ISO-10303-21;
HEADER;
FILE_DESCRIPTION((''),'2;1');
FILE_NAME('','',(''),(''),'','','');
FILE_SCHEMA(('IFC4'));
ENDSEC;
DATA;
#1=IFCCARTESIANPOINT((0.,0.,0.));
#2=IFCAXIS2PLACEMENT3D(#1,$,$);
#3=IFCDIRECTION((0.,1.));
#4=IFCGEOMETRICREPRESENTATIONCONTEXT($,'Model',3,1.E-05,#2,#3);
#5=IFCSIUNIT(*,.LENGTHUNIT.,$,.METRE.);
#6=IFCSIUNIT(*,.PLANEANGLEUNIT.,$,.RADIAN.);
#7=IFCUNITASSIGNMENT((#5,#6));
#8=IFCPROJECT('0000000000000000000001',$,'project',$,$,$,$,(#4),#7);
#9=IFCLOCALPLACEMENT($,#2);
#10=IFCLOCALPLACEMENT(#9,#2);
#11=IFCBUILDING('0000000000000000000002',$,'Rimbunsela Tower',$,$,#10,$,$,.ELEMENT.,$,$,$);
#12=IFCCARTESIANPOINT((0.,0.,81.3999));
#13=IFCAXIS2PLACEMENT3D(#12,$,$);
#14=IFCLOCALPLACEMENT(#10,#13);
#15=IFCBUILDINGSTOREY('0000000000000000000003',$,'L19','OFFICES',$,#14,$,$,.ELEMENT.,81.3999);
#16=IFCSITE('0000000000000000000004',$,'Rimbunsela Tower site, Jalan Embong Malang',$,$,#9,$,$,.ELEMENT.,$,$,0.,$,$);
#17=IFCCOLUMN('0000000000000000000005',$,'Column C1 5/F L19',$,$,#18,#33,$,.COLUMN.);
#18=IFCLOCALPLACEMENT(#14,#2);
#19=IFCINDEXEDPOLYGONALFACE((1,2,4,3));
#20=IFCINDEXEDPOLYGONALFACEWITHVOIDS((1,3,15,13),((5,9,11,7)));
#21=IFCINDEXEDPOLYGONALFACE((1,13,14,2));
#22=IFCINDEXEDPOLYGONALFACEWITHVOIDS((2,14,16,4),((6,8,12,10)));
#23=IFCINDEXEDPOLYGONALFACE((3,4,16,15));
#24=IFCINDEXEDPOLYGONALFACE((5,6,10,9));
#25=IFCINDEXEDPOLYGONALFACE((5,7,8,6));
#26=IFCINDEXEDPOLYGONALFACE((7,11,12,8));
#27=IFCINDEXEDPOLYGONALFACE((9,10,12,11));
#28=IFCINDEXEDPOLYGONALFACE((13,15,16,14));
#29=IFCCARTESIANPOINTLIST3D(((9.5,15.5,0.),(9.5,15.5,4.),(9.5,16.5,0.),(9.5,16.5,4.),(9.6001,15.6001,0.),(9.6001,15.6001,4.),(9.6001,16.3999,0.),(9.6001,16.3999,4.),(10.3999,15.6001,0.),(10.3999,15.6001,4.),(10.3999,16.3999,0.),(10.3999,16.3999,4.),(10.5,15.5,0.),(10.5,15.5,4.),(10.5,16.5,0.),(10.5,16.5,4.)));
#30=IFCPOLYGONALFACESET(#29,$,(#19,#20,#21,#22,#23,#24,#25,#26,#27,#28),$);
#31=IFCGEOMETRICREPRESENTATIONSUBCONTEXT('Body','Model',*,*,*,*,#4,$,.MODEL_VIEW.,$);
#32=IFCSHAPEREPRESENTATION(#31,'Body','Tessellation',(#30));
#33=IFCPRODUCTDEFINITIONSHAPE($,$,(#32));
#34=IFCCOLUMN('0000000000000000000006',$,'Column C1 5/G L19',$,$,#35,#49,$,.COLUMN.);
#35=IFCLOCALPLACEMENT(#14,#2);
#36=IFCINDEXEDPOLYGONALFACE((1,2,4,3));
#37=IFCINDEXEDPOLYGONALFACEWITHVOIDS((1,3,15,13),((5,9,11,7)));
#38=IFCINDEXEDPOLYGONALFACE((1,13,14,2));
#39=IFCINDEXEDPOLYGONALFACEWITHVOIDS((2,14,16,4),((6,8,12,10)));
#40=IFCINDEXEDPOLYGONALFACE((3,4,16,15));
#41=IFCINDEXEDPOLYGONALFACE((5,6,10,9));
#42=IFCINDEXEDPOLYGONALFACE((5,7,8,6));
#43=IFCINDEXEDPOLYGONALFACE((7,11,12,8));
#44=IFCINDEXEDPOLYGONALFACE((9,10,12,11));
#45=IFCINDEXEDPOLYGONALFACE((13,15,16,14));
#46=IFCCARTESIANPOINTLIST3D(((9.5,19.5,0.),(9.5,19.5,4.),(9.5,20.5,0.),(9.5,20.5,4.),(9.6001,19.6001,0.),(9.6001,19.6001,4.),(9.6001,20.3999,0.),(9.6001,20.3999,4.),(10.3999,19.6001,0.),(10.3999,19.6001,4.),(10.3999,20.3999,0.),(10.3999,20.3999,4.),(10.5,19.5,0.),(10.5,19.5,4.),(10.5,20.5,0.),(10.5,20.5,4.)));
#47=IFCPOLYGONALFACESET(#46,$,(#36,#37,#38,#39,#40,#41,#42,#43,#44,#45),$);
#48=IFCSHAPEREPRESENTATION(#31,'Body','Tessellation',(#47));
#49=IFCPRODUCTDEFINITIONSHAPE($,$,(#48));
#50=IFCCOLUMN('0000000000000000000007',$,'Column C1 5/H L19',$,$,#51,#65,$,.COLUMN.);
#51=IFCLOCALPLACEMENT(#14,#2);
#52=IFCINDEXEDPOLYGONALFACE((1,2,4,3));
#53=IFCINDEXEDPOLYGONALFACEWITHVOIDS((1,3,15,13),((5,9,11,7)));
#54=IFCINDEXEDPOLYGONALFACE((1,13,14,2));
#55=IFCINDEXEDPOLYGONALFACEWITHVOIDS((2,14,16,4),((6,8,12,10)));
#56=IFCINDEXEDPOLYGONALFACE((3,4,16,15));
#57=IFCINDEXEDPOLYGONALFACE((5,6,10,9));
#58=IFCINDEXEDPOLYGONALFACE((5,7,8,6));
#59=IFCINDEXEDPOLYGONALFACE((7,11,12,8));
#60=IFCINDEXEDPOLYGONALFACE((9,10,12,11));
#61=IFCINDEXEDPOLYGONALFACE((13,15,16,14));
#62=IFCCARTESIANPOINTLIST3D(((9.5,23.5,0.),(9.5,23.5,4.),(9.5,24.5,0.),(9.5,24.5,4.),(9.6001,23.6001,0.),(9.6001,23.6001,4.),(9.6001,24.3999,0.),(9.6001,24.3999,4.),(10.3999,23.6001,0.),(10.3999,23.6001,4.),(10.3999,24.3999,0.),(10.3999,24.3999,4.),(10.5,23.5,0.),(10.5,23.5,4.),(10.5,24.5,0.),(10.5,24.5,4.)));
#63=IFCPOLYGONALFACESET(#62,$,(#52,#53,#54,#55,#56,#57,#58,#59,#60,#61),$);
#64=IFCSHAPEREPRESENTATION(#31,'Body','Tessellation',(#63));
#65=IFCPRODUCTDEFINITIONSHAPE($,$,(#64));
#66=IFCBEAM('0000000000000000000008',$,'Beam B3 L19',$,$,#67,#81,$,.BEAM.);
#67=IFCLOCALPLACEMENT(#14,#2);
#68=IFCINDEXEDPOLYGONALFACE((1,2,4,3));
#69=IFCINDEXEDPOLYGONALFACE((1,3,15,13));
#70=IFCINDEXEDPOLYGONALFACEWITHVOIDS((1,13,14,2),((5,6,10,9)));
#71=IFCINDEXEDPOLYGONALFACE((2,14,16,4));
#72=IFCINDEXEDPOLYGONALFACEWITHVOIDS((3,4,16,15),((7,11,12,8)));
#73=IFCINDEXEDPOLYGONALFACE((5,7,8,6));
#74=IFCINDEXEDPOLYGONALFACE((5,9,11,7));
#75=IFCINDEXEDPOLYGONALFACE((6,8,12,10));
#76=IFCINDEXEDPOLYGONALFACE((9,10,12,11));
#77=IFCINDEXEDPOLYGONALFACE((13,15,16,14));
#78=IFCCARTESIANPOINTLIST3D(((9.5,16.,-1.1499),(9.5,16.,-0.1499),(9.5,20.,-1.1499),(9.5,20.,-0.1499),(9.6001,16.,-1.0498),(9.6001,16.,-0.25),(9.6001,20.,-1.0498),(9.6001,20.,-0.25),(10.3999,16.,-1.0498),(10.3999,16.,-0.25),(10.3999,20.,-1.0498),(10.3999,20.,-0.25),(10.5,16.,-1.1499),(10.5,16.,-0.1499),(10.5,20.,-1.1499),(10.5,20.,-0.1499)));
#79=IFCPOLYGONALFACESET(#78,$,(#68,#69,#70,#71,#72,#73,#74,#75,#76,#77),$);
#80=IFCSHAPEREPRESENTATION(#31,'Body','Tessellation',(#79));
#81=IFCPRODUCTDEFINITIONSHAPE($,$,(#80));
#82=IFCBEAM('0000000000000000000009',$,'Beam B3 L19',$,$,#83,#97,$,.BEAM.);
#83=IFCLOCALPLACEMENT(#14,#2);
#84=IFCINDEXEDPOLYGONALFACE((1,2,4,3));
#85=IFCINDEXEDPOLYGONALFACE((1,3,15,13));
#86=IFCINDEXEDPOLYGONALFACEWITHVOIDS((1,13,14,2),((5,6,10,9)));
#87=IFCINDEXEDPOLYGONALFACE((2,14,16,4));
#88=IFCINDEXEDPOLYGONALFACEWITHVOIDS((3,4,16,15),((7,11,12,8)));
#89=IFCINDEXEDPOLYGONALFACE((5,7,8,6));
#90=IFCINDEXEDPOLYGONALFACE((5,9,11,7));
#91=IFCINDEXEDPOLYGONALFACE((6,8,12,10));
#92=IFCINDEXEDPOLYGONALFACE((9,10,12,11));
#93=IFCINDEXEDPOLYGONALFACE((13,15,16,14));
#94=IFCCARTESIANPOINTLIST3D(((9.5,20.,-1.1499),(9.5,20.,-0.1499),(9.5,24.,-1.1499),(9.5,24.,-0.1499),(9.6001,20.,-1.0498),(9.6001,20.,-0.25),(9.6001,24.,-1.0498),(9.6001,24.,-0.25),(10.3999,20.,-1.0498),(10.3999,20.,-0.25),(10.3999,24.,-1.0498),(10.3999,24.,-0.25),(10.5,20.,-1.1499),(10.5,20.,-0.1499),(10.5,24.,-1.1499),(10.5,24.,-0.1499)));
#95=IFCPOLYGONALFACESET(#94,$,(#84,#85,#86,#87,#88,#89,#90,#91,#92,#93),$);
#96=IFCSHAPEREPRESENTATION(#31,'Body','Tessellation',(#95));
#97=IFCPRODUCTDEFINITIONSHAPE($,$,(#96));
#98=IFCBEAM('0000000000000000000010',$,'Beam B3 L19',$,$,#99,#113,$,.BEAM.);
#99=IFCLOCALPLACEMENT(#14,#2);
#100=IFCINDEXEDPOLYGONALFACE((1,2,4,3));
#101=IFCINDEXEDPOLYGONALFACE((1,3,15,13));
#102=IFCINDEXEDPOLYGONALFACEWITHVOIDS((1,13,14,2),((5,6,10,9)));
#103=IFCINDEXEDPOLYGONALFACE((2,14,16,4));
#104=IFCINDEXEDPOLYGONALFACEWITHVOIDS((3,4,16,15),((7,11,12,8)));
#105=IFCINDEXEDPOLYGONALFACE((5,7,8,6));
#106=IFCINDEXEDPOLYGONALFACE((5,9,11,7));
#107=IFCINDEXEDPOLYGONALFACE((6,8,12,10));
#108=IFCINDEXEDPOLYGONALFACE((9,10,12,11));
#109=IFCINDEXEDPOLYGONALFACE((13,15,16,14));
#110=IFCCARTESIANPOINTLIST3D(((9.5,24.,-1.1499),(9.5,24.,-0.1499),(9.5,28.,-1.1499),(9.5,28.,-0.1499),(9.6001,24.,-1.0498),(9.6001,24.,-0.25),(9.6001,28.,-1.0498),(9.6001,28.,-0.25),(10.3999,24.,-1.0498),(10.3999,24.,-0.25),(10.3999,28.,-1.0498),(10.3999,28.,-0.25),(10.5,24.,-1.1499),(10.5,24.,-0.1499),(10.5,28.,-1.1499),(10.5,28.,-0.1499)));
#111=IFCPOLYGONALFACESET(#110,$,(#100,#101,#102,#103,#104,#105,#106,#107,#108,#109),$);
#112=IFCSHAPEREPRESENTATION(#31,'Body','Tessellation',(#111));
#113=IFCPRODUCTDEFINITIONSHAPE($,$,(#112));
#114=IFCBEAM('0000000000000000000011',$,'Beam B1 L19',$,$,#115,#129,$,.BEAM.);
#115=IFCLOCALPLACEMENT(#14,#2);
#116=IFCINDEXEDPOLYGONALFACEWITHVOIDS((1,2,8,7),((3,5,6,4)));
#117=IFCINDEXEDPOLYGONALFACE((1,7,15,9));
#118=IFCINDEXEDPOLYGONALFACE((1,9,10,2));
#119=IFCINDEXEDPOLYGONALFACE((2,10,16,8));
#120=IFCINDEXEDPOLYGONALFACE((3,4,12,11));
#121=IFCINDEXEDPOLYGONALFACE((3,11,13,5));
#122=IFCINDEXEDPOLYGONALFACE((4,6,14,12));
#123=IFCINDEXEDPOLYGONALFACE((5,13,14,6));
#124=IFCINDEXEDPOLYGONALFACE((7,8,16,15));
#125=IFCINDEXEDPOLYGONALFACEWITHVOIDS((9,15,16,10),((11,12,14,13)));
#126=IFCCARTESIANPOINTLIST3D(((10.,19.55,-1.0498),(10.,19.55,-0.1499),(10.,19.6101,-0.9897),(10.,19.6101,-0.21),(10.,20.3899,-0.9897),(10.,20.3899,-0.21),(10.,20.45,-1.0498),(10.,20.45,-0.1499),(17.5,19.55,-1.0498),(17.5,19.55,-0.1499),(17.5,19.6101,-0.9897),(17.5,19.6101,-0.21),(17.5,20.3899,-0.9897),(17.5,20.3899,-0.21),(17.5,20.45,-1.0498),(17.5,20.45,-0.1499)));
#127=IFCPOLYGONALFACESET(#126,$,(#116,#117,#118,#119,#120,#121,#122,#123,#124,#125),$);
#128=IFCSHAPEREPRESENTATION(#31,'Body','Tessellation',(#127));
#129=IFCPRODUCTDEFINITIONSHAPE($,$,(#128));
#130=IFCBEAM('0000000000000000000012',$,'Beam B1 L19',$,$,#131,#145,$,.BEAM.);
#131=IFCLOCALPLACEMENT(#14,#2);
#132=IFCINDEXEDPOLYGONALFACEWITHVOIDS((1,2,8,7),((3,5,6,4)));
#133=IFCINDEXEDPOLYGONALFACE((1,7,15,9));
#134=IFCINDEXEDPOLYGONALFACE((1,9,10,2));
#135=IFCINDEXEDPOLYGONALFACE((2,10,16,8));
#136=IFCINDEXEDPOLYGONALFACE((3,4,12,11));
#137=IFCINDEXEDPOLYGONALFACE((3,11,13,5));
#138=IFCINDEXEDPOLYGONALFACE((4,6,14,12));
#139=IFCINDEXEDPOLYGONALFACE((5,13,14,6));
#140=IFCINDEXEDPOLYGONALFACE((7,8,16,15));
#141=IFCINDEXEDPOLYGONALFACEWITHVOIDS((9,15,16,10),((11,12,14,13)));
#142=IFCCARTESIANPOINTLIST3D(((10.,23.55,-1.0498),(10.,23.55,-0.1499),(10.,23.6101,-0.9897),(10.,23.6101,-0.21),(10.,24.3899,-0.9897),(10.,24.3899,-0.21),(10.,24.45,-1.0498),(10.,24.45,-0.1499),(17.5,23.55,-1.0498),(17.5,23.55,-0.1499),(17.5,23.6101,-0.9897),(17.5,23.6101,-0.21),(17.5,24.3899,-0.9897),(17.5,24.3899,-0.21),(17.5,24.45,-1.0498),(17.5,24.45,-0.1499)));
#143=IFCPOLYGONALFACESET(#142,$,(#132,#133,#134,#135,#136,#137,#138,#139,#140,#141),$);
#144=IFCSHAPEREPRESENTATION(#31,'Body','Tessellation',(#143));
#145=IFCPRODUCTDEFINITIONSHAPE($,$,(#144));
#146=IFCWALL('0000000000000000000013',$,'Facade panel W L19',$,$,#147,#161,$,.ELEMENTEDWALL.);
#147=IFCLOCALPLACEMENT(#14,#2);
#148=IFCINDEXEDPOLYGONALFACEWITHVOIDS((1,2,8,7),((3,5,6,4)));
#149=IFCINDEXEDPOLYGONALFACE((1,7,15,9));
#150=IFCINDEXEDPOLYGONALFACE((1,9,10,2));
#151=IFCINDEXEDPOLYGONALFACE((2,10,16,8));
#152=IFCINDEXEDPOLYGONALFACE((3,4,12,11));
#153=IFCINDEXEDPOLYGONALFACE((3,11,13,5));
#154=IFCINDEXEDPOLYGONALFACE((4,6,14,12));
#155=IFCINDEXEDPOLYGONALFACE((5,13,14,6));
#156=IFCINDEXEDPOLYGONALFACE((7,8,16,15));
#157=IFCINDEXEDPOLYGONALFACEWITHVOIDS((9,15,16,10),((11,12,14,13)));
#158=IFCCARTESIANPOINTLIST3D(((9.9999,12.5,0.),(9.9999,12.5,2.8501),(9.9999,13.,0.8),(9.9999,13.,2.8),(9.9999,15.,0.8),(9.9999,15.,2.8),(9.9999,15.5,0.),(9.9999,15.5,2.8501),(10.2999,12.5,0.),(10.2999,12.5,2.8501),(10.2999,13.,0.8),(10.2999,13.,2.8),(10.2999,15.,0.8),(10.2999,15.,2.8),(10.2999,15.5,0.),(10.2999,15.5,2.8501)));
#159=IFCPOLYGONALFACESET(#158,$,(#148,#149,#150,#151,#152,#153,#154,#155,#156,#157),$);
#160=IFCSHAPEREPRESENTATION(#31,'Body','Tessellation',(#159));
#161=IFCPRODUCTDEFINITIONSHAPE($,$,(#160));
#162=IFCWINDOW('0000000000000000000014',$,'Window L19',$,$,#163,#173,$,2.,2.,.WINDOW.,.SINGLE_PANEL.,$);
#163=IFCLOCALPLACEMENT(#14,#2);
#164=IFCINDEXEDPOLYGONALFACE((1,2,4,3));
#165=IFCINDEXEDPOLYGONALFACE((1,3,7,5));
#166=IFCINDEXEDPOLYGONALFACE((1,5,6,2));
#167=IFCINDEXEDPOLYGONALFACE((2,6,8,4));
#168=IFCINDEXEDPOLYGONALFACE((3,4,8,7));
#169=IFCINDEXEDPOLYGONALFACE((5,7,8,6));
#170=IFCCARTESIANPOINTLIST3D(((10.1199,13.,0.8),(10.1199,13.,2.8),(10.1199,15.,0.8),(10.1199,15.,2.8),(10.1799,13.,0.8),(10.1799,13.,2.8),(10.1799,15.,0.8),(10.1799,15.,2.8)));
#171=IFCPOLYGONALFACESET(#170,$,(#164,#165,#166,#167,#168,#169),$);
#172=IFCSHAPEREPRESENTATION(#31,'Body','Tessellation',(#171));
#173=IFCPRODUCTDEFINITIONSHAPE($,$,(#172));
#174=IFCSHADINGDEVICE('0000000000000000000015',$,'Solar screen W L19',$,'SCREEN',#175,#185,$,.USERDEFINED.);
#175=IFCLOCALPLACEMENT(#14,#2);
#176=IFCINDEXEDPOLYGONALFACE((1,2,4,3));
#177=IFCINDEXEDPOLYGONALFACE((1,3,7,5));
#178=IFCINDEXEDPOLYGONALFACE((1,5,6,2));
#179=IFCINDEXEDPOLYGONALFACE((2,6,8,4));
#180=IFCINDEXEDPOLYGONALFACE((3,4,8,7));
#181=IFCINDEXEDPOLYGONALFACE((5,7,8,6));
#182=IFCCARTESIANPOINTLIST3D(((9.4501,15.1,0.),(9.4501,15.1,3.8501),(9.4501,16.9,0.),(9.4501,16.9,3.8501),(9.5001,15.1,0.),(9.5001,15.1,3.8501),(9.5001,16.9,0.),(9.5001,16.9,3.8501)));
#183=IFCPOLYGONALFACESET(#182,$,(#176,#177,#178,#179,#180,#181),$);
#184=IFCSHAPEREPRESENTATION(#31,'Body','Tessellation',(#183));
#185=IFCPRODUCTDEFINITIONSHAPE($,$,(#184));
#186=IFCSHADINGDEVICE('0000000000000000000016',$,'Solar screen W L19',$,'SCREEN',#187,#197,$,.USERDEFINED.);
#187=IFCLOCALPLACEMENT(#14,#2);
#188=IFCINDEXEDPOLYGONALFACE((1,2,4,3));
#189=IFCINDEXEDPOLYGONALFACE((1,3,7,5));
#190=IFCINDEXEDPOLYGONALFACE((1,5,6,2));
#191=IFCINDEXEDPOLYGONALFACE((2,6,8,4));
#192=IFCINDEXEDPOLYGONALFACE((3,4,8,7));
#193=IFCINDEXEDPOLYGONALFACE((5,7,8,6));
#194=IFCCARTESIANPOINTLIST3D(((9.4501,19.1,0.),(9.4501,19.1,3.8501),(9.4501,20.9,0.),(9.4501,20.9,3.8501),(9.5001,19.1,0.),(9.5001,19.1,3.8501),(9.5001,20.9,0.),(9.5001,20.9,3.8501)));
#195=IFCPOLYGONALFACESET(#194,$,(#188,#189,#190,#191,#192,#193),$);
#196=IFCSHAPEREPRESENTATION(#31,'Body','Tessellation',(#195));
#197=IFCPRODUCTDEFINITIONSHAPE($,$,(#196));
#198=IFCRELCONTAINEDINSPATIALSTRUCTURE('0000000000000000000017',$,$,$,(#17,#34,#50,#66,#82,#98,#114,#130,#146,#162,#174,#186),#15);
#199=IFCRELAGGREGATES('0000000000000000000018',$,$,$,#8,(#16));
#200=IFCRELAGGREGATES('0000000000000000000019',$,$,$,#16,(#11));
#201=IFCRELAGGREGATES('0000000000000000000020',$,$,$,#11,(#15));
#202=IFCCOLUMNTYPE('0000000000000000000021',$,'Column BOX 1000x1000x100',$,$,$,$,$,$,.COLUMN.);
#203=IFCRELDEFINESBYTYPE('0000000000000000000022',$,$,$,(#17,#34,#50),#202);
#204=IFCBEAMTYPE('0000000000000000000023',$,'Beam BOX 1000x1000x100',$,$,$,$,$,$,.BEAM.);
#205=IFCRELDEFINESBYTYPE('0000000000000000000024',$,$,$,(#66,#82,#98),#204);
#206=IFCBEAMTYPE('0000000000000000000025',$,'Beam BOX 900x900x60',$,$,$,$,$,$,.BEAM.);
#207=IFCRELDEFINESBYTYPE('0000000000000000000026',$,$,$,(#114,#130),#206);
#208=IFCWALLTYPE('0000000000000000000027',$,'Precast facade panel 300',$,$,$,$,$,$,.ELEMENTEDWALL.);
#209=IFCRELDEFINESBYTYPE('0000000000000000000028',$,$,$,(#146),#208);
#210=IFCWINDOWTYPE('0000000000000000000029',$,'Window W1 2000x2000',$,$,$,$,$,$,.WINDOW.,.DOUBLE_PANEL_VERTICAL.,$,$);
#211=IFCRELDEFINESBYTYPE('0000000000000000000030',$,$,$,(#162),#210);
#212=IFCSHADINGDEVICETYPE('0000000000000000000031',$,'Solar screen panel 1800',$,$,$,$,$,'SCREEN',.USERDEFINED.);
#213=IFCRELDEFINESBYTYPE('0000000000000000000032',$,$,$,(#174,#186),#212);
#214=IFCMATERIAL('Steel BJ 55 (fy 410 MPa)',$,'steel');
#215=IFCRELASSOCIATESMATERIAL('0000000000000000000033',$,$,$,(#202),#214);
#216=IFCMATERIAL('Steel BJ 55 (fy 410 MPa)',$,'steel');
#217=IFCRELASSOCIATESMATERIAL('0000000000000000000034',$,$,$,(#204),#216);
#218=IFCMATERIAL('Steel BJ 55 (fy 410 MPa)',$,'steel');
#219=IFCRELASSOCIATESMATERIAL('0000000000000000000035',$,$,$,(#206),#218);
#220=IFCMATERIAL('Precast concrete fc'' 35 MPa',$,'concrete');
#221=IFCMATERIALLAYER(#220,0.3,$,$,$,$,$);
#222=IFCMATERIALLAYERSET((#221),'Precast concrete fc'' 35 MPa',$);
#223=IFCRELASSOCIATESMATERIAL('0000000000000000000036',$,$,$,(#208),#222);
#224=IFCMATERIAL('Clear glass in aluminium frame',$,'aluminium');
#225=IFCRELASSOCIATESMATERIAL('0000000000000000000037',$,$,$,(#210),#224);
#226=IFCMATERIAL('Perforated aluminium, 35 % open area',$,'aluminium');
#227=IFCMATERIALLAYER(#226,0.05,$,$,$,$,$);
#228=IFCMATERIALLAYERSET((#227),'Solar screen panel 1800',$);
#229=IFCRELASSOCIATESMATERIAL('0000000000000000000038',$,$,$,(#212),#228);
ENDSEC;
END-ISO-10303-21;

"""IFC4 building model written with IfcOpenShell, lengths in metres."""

from ifc_helpers import new_model, si_unit, direction, frame, frame_2d, origin, origin_2d, place, context, subcontext, project, spatial, rectangle, hollow_rectangle, extrude, material, layer, layer_set, material_profile, profile_set, type_object, element, fill, save


model = new_model("IFC4")

# Units and contexts
model_context = context("Model", 3, precision=1e-05, world=origin(), true_north=direction((0.0, 1.0)))
body_context = subcontext(model_context, "Body", "Model", "MODEL_VIEW")
ifc_project = project(units=[si_unit("LENGTHUNIT", "METRE"), si_unit("PLANEANGLEUNIT", "RADIAN")], contexts=[model_context])

# Site, building, storey
site_placement = place(None, origin())
site = spatial("IfcSite", under=ifc_project, at=site_placement, Name="Rimbunsela Tower site, Jalan Embong Malang", CompositionType="ELEMENT", RefElevation=0.0)
building_placement = place(site_placement, origin())
building = spatial("IfcBuilding", under=site, at=building_placement, Name="Rimbunsela Tower", CompositionType="ELEMENT")
storey_placement = place(building_placement, frame((0.0, 0.0, 81.3999)))
storey = spatial("IfcBuildingStorey", under=building, at=storey_placement, Name="L19", Description="OFFICES", CompositionType="ELEMENT", Elevation=81.3999)

# Columns
ifc_material_1 = material(Name="Steel BJ 55 (fy 410 MPa)", Category="steel")
ifc_material_profile_1 = material_profile(ifc_material_1, hollow_rectangle(XDim=1.0, YDim=1.0, WallThickness=0.1001, at=origin_2d()), Name="BOX 1000x1000x100")
ifc_profile_set_1 = profile_set([ifc_material_profile_1], Name="Steel BJ 55 (fy 410 MPa)")
column_type = type_object("IfcColumnType", Name="Column BOX 1000x1000x100", PredefinedType="COLUMN", material=ifc_profile_set_1)
for number, where, z_axis, x_axis, name in (
    (1, (10.0, 16.0, 0.0), (0.0, 0.0, 1.0), (1.0, 0.0, 0.0), "Column C1 5/F L19"),
    (2, (10.0, 20.0, 0.0), (0.0, 0.0, 1.0), (1.0, 0.0, 0.0), "Column C1 5/G L19"),
    (3, (10.0, 24.0, 0.0), (0.0, 0.0, 1.0), (1.0, 0.0, 0.0), "Column C1 5/H L19"),
):
    element("IfcColumn", number, at=place(storey_placement, frame(where, z_axis=z_axis, x_axis=x_axis)), inside=storey, type_object=column_type, Name=name, PredefinedType="COLUMN", context=body_context, shape_type="SweptSolid", body=[
        extrude(hollow_rectangle(XDim=1.0, YDim=1.0, WallThickness=0.1001, at=origin_2d()), origin(), (0.0, 0.0, 1.0), 4.0),
    ])

# Beams
ifc_material_2 = material(Name="Steel BJ 55 (fy 410 MPa)", Category="steel")
ifc_material_profile_2 = material_profile(ifc_material_2, hollow_rectangle(XDim=1.0, YDim=1.0, WallThickness=0.1001, at=origin_2d()), Name="BOX 1000x1000x100")
ifc_profile_set_2 = profile_set([ifc_material_profile_2], Name="Steel BJ 55 (fy 410 MPa)")
beam_type_1 = type_object("IfcBeamType", Name="Beam BOX 1000x1000x100", PredefinedType="BEAM", material=ifc_profile_set_2)
for number, where, z_axis, x_axis, name in (
    (4, (10.0, 16.0, -0.6499), (0.0, 1.0, 0.0), (-1.0, 0.0, 0.0), "Beam B3 L19"),
    (5, (10.0, 20.0, -0.6499), (0.0, 1.0, 0.0), (-1.0, 0.0, 0.0), "Beam B3 L19"),
    (6, (10.0, 24.0, -0.6499), (0.0, 1.0, 0.0), (-1.0, 0.0, 0.0), "Beam B3 L19"),
):
    element("IfcBeam", number, at=place(storey_placement, frame(where, z_axis=z_axis, x_axis=x_axis)), inside=storey, type_object=beam_type_1, Name=name, PredefinedType="BEAM", context=body_context, shape_type="SweptSolid", body=[
        extrude(hollow_rectangle(XDim=1.0, YDim=1.0, WallThickness=0.1001, at=origin_2d()), origin(), (0.0, 0.0, 1.0), 4.0),
    ])
ifc_material_3 = material(Name="Steel BJ 55 (fy 410 MPa)", Category="steel")
ifc_material_profile_3 = material_profile(ifc_material_3, hollow_rectangle(XDim=0.8999, YDim=0.8999, WallThickness=0.0601, at=origin_2d()), Name="BOX 900x900x60")
ifc_profile_set_3 = profile_set([ifc_material_profile_3], Name="Steel BJ 55 (fy 410 MPa)")
beam_type_2 = type_object("IfcBeamType", Name="Beam BOX 900x900x60", PredefinedType="BEAM", material=ifc_profile_set_3)
for number, where, z_axis, x_axis, name in (
    (7, (10.0, 20.0, -0.5999), (1.0, 0.0, 0.0), (0.0, 1.0, 0.0), "Beam B1 L19"),
    (8, (10.0, 24.0, -0.5999), (1.0, 0.0, 0.0), (0.0, 1.0, 0.0), "Beam B1 L19"),
):
    element("IfcBeam", number, at=place(storey_placement, frame(where, z_axis=z_axis, x_axis=x_axis)), inside=storey, type_object=beam_type_2, Name=name, PredefinedType="BEAM", context=body_context, shape_type="SweptSolid", body=[
        extrude(hollow_rectangle(XDim=0.8999, YDim=0.8999, WallThickness=0.0601, at=origin_2d()), origin(), (0.0, 0.0, 1.0), 7.5),
    ])

# Wall, opening, window
ifc_material_4 = material(Name="Precast concrete fc' 35 MPa", Category="concrete")
ifc_layer_1 = layer(ifc_material_4, 0.3)
ifc_layer_set_1 = layer_set([ifc_layer_1], Name="Precast concrete fc' 35 MPa")
wall_type = type_object("IfcWallType", Name="Precast facade panel 300", PredefinedType="ELEMENTEDWALL", material=ifc_layer_set_1)
wall_placement = place(storey_placement, frame((10.1499, 15.5, 0.0), z_axis=(0.0, 0.0, 1.0), x_axis=(0.0, -1.0, 0.0)))
wall = element("IfcWall", 9, at=wall_placement, inside=storey, type_object=wall_type, Name="Facade panel W L19", PredefinedType="ELEMENTEDWALL", context=body_context, shape_type="SweptSolid", body=[
    extrude(rectangle(XDim=3.0, YDim=0.3, at=frame_2d((1.5, 0.0))), origin(), (0.0, 0.0, 1.0), 2.8501),
])
opening_placement = place(wall_placement, frame((0.5, 0.0, 0.8)))
opening = element("IfcOpeningElement", 10, at=opening_placement, cuts=wall, PredefinedType="OPENING", context=body_context, shape_type="SweptSolid", body=[
    extrude(rectangle(XDim=2.0, YDim=2.0, at=frame_2d((1.0, 1.0))), frame((0.0, 0.1599, 0.0), z_axis=(0.0, -1.0, 0.0), x_axis=(1.0, 0.0, 0.0)), (0.0, 0.0, 1.0), 0.3201),
])
ifc_material_5 = material(Name="Clear glass in aluminium frame", Category="aluminium")
window_type = type_object("IfcWindowType", Name="Window W1 2000x2000", PartitioningType="DOUBLE_PANEL_VERTICAL", PredefinedType="WINDOW", material=ifc_material_5)
window_placement = place(opening_placement, origin())
window = element("IfcWindow", 11, at=window_placement, inside=storey, type_object=window_type, Name="Window L19", OverallHeight=2.0, OverallWidth=2.0, PartitioningType="SINGLE_PANEL", PredefinedType="WINDOW", context=body_context, shape_type="SweptSolid", body=[
    extrude(rectangle(XDim=2.0, YDim=2.0, at=frame_2d((1.0, 1.0))), frame((0.0, 0.03, 0.0), z_axis=(0.0, -1.0, 0.0), x_axis=(1.0, 0.0, 0.0)), (0.0, 0.0, 1.0), 0.0601),
])
fill(opening, window)

# Shading devices
ifc_material_6 = material(Name="Perforated aluminium, 35 % open area", Category="aluminium")
ifc_layer_2 = layer(ifc_material_6, 0.05)
ifc_layer_set_2 = layer_set([ifc_layer_2], Name="Solar screen panel 1800")
shading_device_type = type_object("IfcShadingDeviceType", Name="Solar screen panel 1800", ElementType="SCREEN", PredefinedType="USERDEFINED", material=ifc_layer_set_2)
for number, where, z_axis, x_axis, name in (
    (12, (9.4751, 16.0, 0.0), (0.0, 0.0, 1.0), (0.0, 1.0, 0.0), "Solar screen W L19"),
    (13, (9.4751, 20.0, 0.0), (0.0, 0.0, 1.0), (0.0, 1.0, 0.0), "Solar screen W L19"),
):
    element("IfcShadingDevice", number, at=place(storey_placement, frame(where, z_axis=z_axis, x_axis=x_axis)), inside=storey, type_object=shading_device_type, Name=name, ObjectType="SCREEN", PredefinedType="USERDEFINED", context=body_context, shape_type="SweptSolid", body=[
        extrude(rectangle(XDim=1.8, YDim=0.05, at=origin_2d()), origin(), (0.0, 0.0, 1.0), 3.8501),
    ])

save(model, "model.ifc")
